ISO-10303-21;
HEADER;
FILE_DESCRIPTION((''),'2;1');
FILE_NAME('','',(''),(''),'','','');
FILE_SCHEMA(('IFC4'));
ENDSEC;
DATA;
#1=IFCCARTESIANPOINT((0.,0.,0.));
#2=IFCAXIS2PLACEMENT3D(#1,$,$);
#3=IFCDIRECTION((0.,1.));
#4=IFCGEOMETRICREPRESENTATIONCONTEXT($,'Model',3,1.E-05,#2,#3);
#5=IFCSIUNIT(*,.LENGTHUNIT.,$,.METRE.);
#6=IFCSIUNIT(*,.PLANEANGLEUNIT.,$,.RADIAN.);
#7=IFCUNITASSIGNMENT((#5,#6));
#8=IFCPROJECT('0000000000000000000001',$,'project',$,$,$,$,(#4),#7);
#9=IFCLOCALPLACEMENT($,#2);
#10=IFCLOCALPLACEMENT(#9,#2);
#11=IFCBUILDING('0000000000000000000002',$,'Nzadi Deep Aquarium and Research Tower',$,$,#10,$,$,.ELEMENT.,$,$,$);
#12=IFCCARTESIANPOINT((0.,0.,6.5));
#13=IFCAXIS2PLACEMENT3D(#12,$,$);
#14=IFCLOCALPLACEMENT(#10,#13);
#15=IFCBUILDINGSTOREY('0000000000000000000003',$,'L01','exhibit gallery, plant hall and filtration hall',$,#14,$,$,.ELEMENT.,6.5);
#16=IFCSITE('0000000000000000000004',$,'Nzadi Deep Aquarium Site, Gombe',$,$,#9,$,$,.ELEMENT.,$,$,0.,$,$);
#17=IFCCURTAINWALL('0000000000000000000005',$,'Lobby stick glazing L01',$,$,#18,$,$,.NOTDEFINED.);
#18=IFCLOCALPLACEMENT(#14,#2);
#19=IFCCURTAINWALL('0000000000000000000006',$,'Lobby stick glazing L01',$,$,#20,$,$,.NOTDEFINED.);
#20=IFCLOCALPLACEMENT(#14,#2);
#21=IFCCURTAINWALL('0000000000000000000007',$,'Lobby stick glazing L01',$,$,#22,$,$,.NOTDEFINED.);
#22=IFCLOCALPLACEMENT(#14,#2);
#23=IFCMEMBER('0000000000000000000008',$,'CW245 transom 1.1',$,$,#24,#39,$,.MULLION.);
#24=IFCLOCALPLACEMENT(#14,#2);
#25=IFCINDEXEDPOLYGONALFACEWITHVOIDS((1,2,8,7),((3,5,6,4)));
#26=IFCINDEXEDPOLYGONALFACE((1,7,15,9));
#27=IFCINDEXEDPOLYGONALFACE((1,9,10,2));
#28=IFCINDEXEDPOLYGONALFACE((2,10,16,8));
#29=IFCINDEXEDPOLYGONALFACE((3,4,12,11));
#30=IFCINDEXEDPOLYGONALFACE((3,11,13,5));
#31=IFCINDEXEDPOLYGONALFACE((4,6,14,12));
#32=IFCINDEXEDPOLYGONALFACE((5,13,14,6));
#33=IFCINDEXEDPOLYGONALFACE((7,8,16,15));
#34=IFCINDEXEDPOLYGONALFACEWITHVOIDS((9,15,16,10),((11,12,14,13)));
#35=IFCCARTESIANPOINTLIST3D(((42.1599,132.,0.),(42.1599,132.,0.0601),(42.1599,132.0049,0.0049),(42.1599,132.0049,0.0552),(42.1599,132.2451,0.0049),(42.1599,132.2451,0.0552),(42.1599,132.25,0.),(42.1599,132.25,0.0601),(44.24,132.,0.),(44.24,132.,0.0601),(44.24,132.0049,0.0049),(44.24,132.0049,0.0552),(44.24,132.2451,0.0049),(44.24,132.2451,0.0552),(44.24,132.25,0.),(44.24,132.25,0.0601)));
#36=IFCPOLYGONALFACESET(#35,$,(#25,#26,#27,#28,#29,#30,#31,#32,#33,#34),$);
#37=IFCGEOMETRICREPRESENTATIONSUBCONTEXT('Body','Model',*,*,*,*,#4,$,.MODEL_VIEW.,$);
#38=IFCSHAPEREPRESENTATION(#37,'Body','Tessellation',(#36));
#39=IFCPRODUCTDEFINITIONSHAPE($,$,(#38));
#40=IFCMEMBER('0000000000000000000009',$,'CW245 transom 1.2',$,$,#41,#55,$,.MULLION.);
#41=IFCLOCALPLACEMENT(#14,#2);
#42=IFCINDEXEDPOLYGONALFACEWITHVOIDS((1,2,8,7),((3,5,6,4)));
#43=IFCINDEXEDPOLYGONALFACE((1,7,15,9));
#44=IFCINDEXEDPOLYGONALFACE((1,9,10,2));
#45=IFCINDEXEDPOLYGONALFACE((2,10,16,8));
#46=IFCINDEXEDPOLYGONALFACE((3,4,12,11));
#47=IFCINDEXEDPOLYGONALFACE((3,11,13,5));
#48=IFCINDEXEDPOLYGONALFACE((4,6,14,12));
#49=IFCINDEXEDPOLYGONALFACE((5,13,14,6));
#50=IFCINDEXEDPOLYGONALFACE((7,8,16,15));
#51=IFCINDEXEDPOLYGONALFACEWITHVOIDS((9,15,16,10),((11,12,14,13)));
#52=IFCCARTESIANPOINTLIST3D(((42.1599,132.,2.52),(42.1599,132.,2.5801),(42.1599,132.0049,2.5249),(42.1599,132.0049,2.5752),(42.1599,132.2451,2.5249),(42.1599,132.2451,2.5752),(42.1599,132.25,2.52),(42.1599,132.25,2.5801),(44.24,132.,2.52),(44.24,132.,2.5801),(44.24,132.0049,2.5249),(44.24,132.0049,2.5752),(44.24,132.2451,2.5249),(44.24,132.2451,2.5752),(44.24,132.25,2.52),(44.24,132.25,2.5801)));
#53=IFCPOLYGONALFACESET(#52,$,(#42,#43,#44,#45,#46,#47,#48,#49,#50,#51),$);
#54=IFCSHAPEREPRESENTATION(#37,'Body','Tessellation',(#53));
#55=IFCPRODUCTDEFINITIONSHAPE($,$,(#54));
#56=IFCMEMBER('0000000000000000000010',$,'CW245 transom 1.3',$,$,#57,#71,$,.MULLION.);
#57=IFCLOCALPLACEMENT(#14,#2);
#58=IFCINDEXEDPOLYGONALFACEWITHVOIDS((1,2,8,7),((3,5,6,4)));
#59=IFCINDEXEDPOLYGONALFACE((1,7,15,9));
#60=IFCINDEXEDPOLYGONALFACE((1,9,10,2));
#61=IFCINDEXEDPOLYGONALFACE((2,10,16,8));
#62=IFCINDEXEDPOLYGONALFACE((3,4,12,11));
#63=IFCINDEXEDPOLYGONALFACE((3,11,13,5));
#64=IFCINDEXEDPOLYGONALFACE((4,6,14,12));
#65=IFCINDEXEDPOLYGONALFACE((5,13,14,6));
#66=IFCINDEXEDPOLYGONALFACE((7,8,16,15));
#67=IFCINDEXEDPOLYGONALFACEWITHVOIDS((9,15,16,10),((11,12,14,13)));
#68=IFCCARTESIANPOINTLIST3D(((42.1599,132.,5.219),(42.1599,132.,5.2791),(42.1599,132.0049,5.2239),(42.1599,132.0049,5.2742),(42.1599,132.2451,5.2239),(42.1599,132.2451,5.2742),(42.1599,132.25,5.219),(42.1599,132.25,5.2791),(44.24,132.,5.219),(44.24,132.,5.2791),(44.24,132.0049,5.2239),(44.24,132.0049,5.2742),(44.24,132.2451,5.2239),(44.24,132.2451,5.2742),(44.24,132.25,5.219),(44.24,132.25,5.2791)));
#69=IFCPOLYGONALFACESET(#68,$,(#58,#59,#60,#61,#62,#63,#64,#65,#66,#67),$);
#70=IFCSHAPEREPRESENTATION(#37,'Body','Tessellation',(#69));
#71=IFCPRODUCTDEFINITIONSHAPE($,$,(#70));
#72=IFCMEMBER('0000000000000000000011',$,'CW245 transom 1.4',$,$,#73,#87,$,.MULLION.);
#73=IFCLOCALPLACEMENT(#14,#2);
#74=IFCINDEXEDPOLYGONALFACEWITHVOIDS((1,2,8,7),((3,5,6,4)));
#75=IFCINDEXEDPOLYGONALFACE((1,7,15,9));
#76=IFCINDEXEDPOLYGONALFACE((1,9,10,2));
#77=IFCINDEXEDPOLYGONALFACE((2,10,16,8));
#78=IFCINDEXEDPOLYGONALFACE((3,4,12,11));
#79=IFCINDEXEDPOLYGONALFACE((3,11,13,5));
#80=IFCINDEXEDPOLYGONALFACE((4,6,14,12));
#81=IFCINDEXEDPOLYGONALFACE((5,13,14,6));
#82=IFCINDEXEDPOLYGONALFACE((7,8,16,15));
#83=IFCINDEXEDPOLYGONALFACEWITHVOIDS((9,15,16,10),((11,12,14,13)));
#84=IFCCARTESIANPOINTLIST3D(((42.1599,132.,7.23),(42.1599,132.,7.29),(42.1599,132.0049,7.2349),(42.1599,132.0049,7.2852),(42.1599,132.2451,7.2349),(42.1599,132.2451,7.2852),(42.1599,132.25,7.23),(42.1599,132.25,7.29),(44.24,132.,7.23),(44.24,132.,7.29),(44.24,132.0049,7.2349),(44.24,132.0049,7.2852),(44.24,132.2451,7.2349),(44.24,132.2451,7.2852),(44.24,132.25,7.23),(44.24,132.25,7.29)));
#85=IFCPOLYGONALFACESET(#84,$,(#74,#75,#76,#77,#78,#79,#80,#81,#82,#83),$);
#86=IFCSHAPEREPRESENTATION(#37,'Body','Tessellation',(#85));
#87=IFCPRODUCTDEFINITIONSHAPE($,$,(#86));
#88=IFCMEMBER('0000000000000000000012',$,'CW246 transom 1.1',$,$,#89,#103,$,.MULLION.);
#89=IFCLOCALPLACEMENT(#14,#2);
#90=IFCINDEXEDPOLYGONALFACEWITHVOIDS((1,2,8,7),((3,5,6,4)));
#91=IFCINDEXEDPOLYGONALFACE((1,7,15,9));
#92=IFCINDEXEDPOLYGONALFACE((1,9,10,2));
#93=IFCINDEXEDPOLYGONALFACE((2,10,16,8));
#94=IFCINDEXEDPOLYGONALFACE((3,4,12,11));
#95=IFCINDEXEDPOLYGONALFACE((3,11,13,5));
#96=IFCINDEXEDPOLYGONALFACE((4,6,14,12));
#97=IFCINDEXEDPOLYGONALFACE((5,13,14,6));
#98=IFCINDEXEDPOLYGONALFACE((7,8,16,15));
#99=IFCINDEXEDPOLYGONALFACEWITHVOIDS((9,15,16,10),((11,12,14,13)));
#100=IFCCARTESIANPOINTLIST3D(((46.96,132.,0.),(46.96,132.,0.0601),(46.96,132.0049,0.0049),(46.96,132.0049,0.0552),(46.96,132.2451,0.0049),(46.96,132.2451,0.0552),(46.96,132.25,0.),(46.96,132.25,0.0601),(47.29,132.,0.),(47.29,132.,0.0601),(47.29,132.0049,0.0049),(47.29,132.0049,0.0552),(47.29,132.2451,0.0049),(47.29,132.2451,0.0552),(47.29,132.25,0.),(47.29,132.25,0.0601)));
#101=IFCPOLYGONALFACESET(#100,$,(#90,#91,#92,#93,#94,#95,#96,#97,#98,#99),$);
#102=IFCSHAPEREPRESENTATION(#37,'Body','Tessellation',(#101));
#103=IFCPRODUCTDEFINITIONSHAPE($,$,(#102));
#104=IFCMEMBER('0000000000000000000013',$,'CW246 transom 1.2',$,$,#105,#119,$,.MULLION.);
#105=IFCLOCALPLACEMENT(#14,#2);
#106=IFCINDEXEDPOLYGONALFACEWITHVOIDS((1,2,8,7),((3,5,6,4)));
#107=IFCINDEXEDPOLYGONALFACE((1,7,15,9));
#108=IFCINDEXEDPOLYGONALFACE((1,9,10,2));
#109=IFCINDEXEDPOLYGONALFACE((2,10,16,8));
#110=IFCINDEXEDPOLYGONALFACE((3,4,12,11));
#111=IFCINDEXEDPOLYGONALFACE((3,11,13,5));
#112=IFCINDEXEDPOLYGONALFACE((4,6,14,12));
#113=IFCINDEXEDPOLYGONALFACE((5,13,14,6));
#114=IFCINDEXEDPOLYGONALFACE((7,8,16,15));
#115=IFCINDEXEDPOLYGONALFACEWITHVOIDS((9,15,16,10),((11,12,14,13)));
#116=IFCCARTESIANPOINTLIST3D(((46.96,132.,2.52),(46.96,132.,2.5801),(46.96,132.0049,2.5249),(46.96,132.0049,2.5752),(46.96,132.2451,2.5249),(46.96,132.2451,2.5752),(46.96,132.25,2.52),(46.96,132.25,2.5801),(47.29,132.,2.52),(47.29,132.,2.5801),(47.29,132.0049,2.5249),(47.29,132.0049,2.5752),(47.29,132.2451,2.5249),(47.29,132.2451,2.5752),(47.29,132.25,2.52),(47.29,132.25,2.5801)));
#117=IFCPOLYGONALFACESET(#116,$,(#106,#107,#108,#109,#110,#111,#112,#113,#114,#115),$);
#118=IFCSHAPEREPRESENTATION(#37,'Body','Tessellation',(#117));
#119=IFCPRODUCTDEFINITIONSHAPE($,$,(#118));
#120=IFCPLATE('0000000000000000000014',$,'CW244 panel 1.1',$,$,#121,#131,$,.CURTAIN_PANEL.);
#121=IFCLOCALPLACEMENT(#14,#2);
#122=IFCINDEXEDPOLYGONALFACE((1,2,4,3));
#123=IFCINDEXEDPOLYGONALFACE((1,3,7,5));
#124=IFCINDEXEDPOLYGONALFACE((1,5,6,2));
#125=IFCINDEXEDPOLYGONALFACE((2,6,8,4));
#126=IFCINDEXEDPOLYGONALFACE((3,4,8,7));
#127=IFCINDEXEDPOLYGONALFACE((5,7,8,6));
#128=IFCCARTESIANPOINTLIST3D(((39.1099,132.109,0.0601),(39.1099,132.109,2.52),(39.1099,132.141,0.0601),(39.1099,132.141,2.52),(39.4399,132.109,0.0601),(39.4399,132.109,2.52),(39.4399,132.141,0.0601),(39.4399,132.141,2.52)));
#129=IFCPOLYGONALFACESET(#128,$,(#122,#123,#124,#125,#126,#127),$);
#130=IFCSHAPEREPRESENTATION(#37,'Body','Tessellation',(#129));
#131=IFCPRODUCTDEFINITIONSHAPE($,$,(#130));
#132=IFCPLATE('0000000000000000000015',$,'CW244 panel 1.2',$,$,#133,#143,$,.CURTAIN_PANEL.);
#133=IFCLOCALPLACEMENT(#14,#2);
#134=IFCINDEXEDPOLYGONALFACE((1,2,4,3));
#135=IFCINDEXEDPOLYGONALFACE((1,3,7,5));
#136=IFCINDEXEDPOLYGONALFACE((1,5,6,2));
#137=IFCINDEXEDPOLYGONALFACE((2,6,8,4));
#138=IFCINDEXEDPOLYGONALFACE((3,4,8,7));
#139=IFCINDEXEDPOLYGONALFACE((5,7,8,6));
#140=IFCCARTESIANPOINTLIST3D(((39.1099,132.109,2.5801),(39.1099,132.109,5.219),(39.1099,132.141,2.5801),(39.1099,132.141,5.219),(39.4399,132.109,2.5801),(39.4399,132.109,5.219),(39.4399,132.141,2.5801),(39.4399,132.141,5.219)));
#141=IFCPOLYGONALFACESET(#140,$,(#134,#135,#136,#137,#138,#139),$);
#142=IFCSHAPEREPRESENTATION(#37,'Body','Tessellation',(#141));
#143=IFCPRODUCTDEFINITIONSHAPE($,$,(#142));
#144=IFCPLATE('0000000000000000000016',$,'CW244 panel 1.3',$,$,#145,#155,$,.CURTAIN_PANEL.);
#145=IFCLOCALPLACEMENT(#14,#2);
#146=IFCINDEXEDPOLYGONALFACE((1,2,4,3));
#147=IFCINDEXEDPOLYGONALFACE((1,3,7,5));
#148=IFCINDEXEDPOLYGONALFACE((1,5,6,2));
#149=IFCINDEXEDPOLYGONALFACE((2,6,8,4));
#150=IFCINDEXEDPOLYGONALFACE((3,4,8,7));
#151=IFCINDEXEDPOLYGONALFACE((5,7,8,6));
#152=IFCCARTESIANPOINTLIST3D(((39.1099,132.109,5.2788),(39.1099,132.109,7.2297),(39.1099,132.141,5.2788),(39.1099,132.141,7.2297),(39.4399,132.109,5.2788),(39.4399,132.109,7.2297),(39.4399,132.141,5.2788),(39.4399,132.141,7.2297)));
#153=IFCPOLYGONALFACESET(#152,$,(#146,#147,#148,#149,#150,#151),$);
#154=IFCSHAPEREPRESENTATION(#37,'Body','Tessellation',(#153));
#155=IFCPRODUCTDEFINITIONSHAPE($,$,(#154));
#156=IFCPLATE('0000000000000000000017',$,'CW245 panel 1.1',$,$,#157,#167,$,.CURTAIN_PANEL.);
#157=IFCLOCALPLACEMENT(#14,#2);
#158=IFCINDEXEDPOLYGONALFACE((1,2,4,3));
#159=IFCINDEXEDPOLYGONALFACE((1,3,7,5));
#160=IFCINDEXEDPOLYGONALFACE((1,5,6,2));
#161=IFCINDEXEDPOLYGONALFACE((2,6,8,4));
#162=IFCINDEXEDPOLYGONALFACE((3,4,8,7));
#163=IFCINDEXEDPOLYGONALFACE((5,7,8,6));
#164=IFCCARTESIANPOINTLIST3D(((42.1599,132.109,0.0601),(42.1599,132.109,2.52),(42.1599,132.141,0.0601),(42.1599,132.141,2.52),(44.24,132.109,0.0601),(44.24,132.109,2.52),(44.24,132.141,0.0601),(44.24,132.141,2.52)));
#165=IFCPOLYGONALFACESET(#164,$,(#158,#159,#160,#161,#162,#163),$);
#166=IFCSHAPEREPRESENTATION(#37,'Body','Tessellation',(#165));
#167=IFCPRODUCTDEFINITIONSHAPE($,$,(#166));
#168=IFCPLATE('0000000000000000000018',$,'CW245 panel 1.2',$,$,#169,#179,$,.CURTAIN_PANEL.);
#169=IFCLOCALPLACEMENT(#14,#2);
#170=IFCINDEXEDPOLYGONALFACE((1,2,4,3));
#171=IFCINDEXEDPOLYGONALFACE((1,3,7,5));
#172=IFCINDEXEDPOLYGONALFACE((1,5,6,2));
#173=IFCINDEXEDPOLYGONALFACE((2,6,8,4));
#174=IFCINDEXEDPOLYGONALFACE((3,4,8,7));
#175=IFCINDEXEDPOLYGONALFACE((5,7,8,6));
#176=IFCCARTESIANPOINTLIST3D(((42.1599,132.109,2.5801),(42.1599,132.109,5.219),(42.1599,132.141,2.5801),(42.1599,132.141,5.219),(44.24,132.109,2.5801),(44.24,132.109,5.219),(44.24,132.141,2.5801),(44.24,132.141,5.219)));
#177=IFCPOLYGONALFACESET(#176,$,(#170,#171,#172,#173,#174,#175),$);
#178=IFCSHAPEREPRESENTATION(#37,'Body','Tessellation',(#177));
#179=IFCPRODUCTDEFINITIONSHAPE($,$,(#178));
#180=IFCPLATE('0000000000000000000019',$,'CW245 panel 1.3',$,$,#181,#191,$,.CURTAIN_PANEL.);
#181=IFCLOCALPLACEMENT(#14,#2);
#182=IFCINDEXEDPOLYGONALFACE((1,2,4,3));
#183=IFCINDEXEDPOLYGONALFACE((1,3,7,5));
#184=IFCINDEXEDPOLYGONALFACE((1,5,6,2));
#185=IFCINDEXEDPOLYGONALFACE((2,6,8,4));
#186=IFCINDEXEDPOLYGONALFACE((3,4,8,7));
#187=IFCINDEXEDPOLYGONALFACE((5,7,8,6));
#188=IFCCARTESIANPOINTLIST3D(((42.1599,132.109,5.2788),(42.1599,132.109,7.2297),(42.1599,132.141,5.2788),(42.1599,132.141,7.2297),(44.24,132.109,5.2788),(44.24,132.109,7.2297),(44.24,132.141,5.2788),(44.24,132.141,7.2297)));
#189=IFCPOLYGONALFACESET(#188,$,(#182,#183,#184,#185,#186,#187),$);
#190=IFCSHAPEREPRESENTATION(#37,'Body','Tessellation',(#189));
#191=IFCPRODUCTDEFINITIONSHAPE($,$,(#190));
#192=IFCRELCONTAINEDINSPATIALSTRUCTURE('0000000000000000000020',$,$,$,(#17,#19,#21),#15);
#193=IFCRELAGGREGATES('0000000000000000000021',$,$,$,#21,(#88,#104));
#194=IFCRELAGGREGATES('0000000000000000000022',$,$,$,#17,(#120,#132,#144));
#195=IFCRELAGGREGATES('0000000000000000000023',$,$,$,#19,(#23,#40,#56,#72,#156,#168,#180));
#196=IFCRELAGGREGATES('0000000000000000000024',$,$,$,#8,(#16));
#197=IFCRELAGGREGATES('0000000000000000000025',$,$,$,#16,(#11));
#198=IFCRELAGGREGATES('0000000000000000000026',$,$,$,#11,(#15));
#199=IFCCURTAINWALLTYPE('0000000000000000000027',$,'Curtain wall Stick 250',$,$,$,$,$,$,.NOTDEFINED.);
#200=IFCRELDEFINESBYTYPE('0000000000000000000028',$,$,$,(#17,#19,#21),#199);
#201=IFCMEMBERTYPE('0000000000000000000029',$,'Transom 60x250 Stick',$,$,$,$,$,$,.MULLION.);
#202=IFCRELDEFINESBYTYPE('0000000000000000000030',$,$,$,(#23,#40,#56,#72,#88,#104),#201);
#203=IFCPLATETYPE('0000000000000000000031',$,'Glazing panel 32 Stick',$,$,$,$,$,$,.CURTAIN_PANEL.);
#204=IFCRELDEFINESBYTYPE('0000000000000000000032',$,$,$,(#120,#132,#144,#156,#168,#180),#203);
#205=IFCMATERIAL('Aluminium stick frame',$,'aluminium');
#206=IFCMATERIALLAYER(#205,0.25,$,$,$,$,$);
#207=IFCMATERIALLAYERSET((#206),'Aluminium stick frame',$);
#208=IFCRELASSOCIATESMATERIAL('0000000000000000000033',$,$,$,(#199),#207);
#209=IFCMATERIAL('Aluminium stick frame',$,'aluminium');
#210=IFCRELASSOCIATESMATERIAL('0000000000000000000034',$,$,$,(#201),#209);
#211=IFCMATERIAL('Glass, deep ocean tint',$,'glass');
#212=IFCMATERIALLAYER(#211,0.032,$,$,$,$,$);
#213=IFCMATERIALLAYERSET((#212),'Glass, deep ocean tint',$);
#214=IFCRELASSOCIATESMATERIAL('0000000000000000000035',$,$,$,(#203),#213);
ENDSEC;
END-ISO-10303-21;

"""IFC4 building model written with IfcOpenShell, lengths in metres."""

from ifc_helpers import new_model, si_unit, direction, frame, origin, origin_2d, place, context, subcontext, project, spatial, rectangle, hollow_rectangle, extrude, material, layer, layer_set, material_profile, profile_set, type_object, element, aggregate, save


model = new_model("IFC4")

# Units and contexts
model_context = context("Model", 3, precision=1e-05, world=origin(), true_north=direction((0.0, 1.0)))
body_context = subcontext(model_context, "Body", "Model", "MODEL_VIEW")
ifc_project = project(units=[si_unit("LENGTHUNIT", "METRE"), si_unit("PLANEANGLEUNIT", "RADIAN")], contexts=[model_context])

# Site, building, storey
site_placement = place(None, origin())
site = spatial("IfcSite", under=ifc_project, at=site_placement, Name="Nzadi Deep Aquarium Site, Gombe", CompositionType="ELEMENT", RefElevation=0.0)
building_placement = place(site_placement, origin())
building = spatial("IfcBuilding", under=site, at=building_placement, Name="Nzadi Deep Aquarium and Research Tower", CompositionType="ELEMENT")
storey_placement = place(building_placement, frame((0.0, 0.0, 6.5)))
storey = spatial("IfcBuildingStorey", under=building, at=storey_placement, Name="L01", Description="exhibit gallery, plant hall and filtration hall", CompositionType="ELEMENT", Elevation=6.5)

# Curtain walls
ifc_material_1 = material(Name="Aluminium stick frame", Category="aluminium")
ifc_layer_1 = layer(ifc_material_1, 0.25)
ifc_layer_set_1 = layer_set([ifc_layer_1], Name="Aluminium stick frame")
curtain_wall_type = type_object("IfcCurtainWallType", Name="Curtain wall Stick 250", PredefinedType="NOTDEFINED", material=ifc_layer_set_1)
curtain_wall_1_placement = place(storey_placement, origin())
curtain_wall_1 = element("IfcCurtainWall", 1, at=curtain_wall_1_placement, inside=storey, type_object=curtain_wall_type, Name="Lobby stick glazing L01", PredefinedType="NOTDEFINED")
curtain_wall_2_placement = place(storey_placement, origin())
curtain_wall_2 = element("IfcCurtainWall", 2, at=curtain_wall_2_placement, inside=storey, type_object=curtain_wall_type, Name="Lobby stick glazing L01", PredefinedType="NOTDEFINED")

# Curtain wall
curtain_wall_3_placement = place(storey_placement, origin())
curtain_wall_3 = element("IfcCurtainWall", 3, at=curtain_wall_3_placement, inside=storey, type_object=curtain_wall_type, Name="Lobby stick glazing L01", PredefinedType="NOTDEFINED")

# Members
ifc_material_2 = material(Name="Aluminium stick frame", Category="aluminium")
ifc_material_profile_1 = material_profile(ifc_material_2, hollow_rectangle(XDim=0.25, YDim=0.0601, WallThickness=0.0049, at=origin_2d()))
ifc_profile_set_1 = profile_set([ifc_material_profile_1], Name="Aluminium stick frame")
member_type_1 = type_object("IfcMemberType", Name="Transom 60x250 Stick", PredefinedType="MULLION", material=ifc_profile_set_1)
member_1_placement = place(storey_placement, frame((42.1599, 132.125, 0.03), z_axis=(1.0, 0.0, 0.0), x_axis=(0.0, 1.0, 0.0)))
member_1 = element("IfcMember", 4, at=member_1_placement, type_object=member_type_1, Name="CW245 transom 1.1", PredefinedType="MULLION", context=body_context, shape_type="SweptSolid", body=[
    extrude(hollow_rectangle(XDim=0.25, YDim=0.0601, WallThickness=0.0049, at=origin_2d()), origin(), (0.0, 0.0, 1.0), 2.0801),
])
member_2_placement = place(storey_placement, frame((42.1599, 132.125, 2.55), z_axis=(1.0, 0.0, 0.0), x_axis=(0.0, 1.0, 0.0)))
member_2 = element("IfcMember", 5, at=member_2_placement, type_object=member_type_1, Name="CW245 transom 1.2", PredefinedType="MULLION", context=body_context, shape_type="SweptSolid", body=[
    extrude(hollow_rectangle(XDim=0.25, YDim=0.0601, WallThickness=0.0049, at=origin_2d()), origin(), (0.0, 0.0, 1.0), 2.0801),
])
member_3_placement = place(storey_placement, frame((42.1599, 132.125, 5.249), z_axis=(1.0, 0.0, 0.0), x_axis=(0.0, 1.0, 0.0)))
member_3 = element("IfcMember", 6, at=member_3_placement, type_object=member_type_1, Name="CW245 transom 1.3", PredefinedType="MULLION", context=body_context, shape_type="SweptSolid", body=[
    extrude(hollow_rectangle(XDim=0.25, YDim=0.0601, WallThickness=0.0049, at=origin_2d()), origin(), (0.0, 0.0, 1.0), 2.0801),
])
member_4_placement = place(storey_placement, frame((42.1599, 132.125, 7.26), z_axis=(1.0, 0.0, 0.0), x_axis=(0.0, 1.0, 0.0)))
member_4 = element("IfcMember", 7, at=member_4_placement, type_object=member_type_1, Name="CW245 transom 1.4", PredefinedType="MULLION", context=body_context, shape_type="SweptSolid", body=[
    extrude(hollow_rectangle(XDim=0.25, YDim=0.0601, WallThickness=0.0049, at=origin_2d()), origin(), (0.0, 0.0, 1.0), 2.0801),
])
member_5_placement = place(storey_placement, frame((46.96, 132.125, 0.03), z_axis=(1.0, 0.0, 0.0), x_axis=(0.0, 1.0, 0.0)))
member_5 = element("IfcMember", 8, at=member_5_placement, type_object=member_type_1, Name="CW246 transom 1.1", PredefinedType="MULLION", context=body_context, shape_type="SweptSolid", body=[
    extrude(hollow_rectangle(XDim=0.25, YDim=0.0601, WallThickness=0.0049, at=origin_2d()), origin(), (0.0, 0.0, 1.0), 0.3301),
])
member_6_placement = place(storey_placement, frame((46.96, 132.125, 2.55), z_axis=(1.0, 0.0, 0.0), x_axis=(0.0, 1.0, 0.0)))
member_6 = element("IfcMember", 9, at=member_6_placement, type_object=member_type_1, Name="CW246 transom 1.2", PredefinedType="MULLION", context=body_context, shape_type="SweptSolid", body=[
    extrude(hollow_rectangle(XDim=0.25, YDim=0.0601, WallThickness=0.0049, at=origin_2d()), origin(), (0.0, 0.0, 1.0), 0.3301),
])
aggregate(curtain_wall_3, [member_5, member_6])

# Plates
ifc_material_3 = material(Name="Glass, deep ocean tint", Category="glass")
ifc_layer_2 = layer(ifc_material_3, 0.032)
ifc_layer_set_2 = layer_set([ifc_layer_2], Name="Glass, deep ocean tint")
plate_type = type_object("IfcPlateType", Name="Glazing panel 32 Stick", PredefinedType="CURTAIN_PANEL", material=ifc_layer_set_2)
plate_1_placement = place(storey_placement, frame((39.2749, 132.125, 0.0601), z_axis=(0.0, 0.0, 1.0), x_axis=(1.0, 0.0, 0.0)))
plate_1 = element("IfcPlate", 10, at=plate_1_placement, type_object=plate_type, Name="CW244 panel 1.1", PredefinedType="CURTAIN_PANEL", context=body_context, shape_type="SweptSolid", body=[
    extrude(rectangle(XDim=0.3301, YDim=0.032, at=origin_2d()), origin(), (0.0, 0.0, 1.0), 2.46),
])
plate_2_placement = place(storey_placement, frame((39.2749, 132.125, 2.5801), z_axis=(0.0, 0.0, 1.0), x_axis=(1.0, 0.0, 0.0)))
plate_2 = element("IfcPlate", 11, at=plate_2_placement, type_object=plate_type, Name="CW244 panel 1.2", PredefinedType="CURTAIN_PANEL", context=body_context, shape_type="SweptSolid", body=[
    extrude(rectangle(XDim=0.3301, YDim=0.032, at=origin_2d()), origin(), (0.0, 0.0, 1.0), 2.6389),
])
plate_3_placement = place(storey_placement, frame((39.2749, 132.125, 5.2788), z_axis=(0.0, 0.0, 1.0), x_axis=(1.0, 0.0, 0.0)))
plate_3 = element("IfcPlate", 12, at=plate_3_placement, type_object=plate_type, Name="CW244 panel 1.3", PredefinedType="CURTAIN_PANEL", context=body_context, shape_type="SweptSolid", body=[
    extrude(rectangle(XDim=0.3301, YDim=0.032, at=origin_2d()), origin(), (0.0, 0.0, 1.0), 1.9509),
])
aggregate(curtain_wall_1, [plate_1, plate_2, plate_3])
plate_4_placement = place(storey_placement, frame((43.2, 132.125, 0.0601), z_axis=(0.0, 0.0, 1.0), x_axis=(1.0, 0.0, 0.0)))
plate_4 = element("IfcPlate", 13, at=plate_4_placement, type_object=plate_type, Name="CW245 panel 1.1", PredefinedType="CURTAIN_PANEL", context=body_context, shape_type="SweptSolid", body=[
    extrude(rectangle(XDim=2.0801, YDim=0.032, at=origin_2d()), origin(), (0.0, 0.0, 1.0), 2.46),
])
plate_5_placement = place(storey_placement, frame((43.2, 132.125, 2.5801), z_axis=(0.0, 0.0, 1.0), x_axis=(1.0, 0.0, 0.0)))
plate_5 = element("IfcPlate", 14, at=plate_5_placement, type_object=plate_type, Name="CW245 panel 1.2", PredefinedType="CURTAIN_PANEL", context=body_context, shape_type="SweptSolid", body=[
    extrude(rectangle(XDim=2.0801, YDim=0.032, at=origin_2d()), origin(), (0.0, 0.0, 1.0), 2.6389),
])
plate_6_placement = place(storey_placement, frame((43.2, 132.125, 5.2788), z_axis=(0.0, 0.0, 1.0), x_axis=(1.0, 0.0, 0.0)))
plate_6 = element("IfcPlate", 15, at=plate_6_placement, type_object=plate_type, Name="CW245 panel 1.3", PredefinedType="CURTAIN_PANEL", context=body_context, shape_type="SweptSolid", body=[
    extrude(rectangle(XDim=2.0801, YDim=0.032, at=origin_2d()), origin(), (0.0, 0.0, 1.0), 1.9509),
])
aggregate(curtain_wall_2, [member_1, member_2, member_3, member_4, plate_4, plate_5, plate_6])

save(model, "model.ifc")
